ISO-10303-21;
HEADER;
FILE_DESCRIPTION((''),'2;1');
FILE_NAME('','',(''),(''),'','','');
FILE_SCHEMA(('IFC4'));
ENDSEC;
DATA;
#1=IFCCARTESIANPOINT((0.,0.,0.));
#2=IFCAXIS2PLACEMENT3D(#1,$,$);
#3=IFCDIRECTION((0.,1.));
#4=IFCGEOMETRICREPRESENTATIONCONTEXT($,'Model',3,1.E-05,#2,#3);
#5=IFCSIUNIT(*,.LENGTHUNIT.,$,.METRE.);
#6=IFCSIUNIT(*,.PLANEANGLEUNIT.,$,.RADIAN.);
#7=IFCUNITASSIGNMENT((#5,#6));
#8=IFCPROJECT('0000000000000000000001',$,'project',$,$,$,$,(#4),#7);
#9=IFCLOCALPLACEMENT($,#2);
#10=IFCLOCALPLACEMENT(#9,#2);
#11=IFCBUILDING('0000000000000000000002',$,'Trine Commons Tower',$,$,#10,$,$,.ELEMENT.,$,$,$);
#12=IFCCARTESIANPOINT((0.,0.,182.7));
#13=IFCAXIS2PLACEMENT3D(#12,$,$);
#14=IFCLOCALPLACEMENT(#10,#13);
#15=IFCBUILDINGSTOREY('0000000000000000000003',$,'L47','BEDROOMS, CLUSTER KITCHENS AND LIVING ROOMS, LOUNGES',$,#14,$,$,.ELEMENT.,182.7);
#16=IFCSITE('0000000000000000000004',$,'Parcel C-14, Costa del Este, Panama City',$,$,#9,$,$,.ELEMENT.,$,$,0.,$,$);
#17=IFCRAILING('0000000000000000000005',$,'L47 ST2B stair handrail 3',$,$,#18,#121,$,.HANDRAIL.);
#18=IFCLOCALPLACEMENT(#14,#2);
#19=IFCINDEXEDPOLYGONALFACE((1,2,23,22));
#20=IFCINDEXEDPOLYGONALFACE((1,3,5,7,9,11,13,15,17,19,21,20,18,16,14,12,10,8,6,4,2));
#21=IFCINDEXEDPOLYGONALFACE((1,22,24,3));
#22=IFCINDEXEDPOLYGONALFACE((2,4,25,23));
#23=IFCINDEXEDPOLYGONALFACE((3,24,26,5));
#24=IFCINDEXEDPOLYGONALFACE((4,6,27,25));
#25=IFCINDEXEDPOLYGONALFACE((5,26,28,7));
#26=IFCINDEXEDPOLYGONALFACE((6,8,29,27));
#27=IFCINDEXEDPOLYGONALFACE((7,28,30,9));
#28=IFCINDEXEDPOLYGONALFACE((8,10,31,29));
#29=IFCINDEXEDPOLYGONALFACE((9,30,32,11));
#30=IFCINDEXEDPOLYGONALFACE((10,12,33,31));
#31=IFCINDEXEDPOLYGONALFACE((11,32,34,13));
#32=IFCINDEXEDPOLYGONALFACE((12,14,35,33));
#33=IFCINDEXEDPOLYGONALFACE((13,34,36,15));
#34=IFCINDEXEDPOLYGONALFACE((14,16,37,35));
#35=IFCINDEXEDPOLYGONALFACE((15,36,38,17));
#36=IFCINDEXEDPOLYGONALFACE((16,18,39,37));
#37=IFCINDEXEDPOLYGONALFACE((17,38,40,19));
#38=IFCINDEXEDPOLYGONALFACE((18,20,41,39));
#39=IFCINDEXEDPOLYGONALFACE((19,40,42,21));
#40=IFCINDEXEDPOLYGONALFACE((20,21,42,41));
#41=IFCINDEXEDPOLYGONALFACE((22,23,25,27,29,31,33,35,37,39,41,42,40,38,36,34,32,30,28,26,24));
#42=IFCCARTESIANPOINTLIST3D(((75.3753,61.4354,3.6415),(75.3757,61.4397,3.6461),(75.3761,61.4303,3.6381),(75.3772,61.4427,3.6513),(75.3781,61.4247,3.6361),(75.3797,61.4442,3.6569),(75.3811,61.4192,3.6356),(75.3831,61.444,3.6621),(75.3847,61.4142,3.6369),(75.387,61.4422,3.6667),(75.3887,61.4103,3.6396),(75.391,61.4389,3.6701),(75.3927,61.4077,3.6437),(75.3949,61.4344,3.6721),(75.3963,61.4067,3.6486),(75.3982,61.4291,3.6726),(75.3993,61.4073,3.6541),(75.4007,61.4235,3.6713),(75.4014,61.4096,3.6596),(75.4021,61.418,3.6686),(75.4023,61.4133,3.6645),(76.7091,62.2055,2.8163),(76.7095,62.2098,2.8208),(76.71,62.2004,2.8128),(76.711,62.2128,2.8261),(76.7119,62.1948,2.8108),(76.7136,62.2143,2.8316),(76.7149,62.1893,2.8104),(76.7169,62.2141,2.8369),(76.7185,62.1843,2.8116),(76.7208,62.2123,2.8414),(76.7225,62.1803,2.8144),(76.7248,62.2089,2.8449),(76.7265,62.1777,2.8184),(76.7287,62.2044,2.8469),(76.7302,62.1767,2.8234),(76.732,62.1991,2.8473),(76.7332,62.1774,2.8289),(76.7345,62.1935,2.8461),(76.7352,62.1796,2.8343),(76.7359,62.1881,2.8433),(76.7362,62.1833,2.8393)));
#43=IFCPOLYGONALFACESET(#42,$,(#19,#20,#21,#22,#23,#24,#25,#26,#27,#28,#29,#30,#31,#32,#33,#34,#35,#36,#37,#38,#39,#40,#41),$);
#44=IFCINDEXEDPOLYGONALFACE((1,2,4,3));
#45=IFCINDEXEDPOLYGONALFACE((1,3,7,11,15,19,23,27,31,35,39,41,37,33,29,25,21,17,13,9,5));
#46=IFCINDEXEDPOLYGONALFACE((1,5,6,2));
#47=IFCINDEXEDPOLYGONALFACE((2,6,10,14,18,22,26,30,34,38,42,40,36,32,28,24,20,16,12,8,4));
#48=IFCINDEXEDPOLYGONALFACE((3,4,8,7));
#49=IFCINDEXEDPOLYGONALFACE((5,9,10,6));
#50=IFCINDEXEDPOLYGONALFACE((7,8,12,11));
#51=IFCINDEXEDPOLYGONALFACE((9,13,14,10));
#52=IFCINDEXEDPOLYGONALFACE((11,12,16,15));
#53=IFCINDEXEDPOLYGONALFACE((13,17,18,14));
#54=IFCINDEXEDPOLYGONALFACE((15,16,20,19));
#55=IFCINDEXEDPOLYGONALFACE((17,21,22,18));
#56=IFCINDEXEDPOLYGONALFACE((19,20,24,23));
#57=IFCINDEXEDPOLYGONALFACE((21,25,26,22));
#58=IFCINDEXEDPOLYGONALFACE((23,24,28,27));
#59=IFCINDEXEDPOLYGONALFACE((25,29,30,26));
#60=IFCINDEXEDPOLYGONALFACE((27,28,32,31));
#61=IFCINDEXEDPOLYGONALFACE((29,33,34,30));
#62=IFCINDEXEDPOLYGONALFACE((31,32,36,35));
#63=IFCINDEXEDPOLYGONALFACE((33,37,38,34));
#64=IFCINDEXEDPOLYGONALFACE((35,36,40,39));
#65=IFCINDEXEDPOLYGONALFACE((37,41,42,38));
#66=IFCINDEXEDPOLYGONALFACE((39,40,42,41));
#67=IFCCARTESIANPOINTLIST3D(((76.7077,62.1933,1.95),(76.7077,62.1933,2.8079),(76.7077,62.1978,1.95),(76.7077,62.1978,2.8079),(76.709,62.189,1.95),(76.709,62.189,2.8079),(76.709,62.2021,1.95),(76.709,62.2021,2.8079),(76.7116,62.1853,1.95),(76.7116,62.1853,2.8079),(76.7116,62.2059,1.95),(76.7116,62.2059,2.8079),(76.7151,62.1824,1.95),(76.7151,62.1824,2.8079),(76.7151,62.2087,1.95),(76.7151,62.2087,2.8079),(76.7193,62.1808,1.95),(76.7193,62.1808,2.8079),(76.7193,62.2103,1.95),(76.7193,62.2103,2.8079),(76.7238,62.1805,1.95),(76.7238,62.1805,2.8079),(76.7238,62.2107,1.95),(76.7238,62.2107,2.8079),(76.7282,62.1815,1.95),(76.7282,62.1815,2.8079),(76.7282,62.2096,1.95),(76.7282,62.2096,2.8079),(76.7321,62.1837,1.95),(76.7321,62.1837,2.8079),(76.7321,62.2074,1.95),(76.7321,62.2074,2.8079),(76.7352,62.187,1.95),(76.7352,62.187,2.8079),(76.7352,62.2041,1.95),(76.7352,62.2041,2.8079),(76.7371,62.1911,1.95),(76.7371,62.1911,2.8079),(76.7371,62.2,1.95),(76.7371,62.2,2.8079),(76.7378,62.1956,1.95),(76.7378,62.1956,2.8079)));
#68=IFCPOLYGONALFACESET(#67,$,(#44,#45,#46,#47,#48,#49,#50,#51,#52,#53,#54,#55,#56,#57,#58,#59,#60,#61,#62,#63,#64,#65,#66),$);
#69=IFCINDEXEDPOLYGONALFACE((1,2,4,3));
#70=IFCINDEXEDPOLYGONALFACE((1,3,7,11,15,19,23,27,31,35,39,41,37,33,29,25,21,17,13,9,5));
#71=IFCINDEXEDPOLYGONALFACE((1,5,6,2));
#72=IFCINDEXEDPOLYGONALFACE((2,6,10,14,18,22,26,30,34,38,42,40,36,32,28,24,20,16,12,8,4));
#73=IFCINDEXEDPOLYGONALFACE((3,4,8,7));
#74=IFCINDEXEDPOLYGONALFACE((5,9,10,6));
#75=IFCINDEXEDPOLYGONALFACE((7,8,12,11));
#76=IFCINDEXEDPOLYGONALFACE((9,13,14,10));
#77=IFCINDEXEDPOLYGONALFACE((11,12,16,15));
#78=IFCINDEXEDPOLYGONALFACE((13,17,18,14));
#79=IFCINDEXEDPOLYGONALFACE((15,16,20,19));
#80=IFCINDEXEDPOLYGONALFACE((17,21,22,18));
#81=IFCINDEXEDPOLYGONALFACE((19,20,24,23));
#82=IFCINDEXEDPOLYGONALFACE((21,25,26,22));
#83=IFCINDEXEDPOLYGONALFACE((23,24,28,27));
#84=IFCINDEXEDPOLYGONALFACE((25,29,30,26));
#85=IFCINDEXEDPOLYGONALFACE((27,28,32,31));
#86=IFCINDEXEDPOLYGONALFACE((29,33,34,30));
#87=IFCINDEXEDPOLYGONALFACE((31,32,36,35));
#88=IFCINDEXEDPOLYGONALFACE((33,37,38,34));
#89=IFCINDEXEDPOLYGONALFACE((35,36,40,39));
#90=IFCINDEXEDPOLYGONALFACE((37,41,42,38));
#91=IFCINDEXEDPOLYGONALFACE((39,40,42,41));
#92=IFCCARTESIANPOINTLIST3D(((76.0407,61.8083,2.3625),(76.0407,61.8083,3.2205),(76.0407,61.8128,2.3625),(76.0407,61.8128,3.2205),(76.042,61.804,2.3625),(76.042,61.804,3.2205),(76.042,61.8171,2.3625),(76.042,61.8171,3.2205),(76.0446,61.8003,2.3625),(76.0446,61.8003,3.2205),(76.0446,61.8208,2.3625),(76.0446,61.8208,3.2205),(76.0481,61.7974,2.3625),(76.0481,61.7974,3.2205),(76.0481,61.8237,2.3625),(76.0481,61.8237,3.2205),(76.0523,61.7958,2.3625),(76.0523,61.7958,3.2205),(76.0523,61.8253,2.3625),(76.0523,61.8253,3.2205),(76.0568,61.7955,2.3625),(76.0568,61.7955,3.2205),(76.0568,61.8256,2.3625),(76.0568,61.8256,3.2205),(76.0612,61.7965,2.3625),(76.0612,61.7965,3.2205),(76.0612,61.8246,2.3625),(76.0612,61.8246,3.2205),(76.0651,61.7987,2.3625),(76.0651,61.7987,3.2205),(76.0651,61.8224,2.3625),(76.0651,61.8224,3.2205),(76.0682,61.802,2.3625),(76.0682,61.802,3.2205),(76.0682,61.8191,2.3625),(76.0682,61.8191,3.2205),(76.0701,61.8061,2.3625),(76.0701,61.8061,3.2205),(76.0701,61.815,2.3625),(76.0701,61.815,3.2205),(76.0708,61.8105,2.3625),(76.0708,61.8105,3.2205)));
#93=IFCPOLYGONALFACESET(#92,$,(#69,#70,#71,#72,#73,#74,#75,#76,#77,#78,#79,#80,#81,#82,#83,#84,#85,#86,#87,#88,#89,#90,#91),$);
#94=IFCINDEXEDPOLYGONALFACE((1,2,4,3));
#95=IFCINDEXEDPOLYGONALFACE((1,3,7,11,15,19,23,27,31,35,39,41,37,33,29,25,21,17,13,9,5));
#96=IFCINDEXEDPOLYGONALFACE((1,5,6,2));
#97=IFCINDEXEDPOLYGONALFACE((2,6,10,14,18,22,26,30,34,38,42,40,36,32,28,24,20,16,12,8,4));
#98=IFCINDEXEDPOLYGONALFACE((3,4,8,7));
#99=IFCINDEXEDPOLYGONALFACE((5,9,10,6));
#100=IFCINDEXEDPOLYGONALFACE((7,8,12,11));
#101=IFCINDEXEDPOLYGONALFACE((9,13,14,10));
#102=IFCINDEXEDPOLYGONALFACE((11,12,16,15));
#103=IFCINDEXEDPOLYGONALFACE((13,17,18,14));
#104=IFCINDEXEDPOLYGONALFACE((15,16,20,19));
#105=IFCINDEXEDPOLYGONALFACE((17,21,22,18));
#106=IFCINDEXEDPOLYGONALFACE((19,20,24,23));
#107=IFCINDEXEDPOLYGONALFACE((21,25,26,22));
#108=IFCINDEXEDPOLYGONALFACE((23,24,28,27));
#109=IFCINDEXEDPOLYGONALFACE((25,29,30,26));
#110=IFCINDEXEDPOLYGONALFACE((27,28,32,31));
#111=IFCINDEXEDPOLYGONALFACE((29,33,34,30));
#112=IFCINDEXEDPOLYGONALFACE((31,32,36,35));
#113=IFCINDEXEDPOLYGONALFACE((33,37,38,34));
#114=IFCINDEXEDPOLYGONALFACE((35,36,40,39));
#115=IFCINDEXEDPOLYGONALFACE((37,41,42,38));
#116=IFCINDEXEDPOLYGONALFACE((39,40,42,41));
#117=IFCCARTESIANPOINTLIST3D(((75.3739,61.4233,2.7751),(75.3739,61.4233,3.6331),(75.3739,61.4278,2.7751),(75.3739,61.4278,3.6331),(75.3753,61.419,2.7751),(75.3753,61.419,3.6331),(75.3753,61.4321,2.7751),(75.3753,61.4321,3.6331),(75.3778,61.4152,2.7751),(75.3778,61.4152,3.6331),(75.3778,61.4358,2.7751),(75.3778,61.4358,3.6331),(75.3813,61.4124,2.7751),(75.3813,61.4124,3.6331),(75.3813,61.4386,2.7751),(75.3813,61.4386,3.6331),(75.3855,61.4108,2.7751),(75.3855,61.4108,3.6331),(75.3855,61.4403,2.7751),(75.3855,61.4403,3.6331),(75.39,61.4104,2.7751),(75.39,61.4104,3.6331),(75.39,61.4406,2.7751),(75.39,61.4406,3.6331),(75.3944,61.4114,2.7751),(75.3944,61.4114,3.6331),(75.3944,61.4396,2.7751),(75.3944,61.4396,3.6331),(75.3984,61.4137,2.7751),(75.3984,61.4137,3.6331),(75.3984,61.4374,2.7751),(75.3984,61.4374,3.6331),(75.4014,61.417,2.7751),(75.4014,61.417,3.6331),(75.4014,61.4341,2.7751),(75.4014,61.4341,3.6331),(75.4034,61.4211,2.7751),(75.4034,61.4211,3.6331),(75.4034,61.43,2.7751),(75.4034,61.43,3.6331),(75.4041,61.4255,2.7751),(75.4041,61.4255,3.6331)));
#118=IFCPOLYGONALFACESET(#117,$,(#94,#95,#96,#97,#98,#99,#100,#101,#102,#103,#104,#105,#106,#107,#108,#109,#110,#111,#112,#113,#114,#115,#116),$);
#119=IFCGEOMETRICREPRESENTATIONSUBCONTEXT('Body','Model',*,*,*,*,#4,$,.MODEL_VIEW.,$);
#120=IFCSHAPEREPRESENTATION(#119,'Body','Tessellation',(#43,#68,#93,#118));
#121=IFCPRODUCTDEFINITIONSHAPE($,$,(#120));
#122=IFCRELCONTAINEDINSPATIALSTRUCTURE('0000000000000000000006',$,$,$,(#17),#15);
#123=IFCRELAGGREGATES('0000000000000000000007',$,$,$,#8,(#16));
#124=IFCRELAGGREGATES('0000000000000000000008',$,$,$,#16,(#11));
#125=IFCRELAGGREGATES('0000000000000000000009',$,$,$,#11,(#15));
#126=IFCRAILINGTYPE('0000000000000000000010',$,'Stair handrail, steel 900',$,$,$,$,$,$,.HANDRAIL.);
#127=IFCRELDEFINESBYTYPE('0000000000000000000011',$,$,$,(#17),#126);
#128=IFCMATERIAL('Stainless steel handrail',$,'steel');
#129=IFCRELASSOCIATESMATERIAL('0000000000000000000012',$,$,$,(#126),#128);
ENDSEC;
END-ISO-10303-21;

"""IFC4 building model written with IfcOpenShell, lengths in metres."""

from ifc_helpers import new_model, si_unit, direction, frame, origin, origin_2d, place, context, subcontext, project, spatial, circle, extrude, material, type_object, element, save


model = new_model("IFC4")

# Units and contexts
model_context = context("Model", 3, precision=1e-05, world=origin(), true_north=direction((0.0, 1.0)))
body_context = subcontext(model_context, "Body", "Model", "MODEL_VIEW")
ifc_project = project(units=[si_unit("LENGTHUNIT", "METRE"), si_unit("PLANEANGLEUNIT", "RADIAN")], contexts=[model_context])

# Site, building, storey
site_placement = place(None, origin())
site = spatial("IfcSite", under=ifc_project, at=site_placement, Name="Parcel C-14, Costa del Este, Panama City", CompositionType="ELEMENT", RefElevation=0.0)
building_placement = place(site_placement, origin())
building = spatial("IfcBuilding", under=site, at=building_placement, Name="Trine Commons Tower", CompositionType="ELEMENT")
storey_placement = place(building_placement, frame((0.0, 0.0, 182.7)))
storey = spatial("IfcBuildingStorey", under=building, at=storey_placement, Name="L47", Description="BEDROOMS, CLUSTER KITCHENS AND LIVING ROOMS, LOUNGES", CompositionType="ELEMENT", Elevation=182.7)

# Railing
ifc_material_1 = material(Name="Stainless steel handrail", Category="steel")
railing_type_1 = type_object("IfcRailingType", Name="Stair handrail, steel 900", PredefinedType="HANDRAIL", material=ifc_material_1)
railing_1_placement = place(storey_placement, frame((76.7227, 62.1956, 1.95)))
element("IfcRailing", 1, at=railing_1_placement, inside=storey, type_object=railing_type_1, Name="L47 ST2B stair handrail 3", PredefinedType="HANDRAIL", context=body_context, shape_type="SweptSolid", body=[
    extrude(circle(Radius=0.021, at=origin_2d()), frame((0.0, 0.0, 0.8789), z_axis=(-0.763355, -0.440714, 0.472293), x_axis=(0.499992, -0.86603, 0.0)), (0.0, 0.0, 1.0), 1.7473),
    extrude(circle(Radius=0.0151, at=origin_2d()), origin(), (0.0, 0.0, 1.0), 0.8579),
    extrude(circle(Radius=0.0151, at=origin_2d()), frame((-0.667, -0.385, 0.4126)), (0.0, 0.0, 1.0), 0.8579),
    extrude(circle(Radius=0.0151, at=origin_2d()), frame((-1.3337, -0.77, 0.8252)), (0.0, 0.0, 1.0), 0.8579),
])

save(model, "model.ifc")
